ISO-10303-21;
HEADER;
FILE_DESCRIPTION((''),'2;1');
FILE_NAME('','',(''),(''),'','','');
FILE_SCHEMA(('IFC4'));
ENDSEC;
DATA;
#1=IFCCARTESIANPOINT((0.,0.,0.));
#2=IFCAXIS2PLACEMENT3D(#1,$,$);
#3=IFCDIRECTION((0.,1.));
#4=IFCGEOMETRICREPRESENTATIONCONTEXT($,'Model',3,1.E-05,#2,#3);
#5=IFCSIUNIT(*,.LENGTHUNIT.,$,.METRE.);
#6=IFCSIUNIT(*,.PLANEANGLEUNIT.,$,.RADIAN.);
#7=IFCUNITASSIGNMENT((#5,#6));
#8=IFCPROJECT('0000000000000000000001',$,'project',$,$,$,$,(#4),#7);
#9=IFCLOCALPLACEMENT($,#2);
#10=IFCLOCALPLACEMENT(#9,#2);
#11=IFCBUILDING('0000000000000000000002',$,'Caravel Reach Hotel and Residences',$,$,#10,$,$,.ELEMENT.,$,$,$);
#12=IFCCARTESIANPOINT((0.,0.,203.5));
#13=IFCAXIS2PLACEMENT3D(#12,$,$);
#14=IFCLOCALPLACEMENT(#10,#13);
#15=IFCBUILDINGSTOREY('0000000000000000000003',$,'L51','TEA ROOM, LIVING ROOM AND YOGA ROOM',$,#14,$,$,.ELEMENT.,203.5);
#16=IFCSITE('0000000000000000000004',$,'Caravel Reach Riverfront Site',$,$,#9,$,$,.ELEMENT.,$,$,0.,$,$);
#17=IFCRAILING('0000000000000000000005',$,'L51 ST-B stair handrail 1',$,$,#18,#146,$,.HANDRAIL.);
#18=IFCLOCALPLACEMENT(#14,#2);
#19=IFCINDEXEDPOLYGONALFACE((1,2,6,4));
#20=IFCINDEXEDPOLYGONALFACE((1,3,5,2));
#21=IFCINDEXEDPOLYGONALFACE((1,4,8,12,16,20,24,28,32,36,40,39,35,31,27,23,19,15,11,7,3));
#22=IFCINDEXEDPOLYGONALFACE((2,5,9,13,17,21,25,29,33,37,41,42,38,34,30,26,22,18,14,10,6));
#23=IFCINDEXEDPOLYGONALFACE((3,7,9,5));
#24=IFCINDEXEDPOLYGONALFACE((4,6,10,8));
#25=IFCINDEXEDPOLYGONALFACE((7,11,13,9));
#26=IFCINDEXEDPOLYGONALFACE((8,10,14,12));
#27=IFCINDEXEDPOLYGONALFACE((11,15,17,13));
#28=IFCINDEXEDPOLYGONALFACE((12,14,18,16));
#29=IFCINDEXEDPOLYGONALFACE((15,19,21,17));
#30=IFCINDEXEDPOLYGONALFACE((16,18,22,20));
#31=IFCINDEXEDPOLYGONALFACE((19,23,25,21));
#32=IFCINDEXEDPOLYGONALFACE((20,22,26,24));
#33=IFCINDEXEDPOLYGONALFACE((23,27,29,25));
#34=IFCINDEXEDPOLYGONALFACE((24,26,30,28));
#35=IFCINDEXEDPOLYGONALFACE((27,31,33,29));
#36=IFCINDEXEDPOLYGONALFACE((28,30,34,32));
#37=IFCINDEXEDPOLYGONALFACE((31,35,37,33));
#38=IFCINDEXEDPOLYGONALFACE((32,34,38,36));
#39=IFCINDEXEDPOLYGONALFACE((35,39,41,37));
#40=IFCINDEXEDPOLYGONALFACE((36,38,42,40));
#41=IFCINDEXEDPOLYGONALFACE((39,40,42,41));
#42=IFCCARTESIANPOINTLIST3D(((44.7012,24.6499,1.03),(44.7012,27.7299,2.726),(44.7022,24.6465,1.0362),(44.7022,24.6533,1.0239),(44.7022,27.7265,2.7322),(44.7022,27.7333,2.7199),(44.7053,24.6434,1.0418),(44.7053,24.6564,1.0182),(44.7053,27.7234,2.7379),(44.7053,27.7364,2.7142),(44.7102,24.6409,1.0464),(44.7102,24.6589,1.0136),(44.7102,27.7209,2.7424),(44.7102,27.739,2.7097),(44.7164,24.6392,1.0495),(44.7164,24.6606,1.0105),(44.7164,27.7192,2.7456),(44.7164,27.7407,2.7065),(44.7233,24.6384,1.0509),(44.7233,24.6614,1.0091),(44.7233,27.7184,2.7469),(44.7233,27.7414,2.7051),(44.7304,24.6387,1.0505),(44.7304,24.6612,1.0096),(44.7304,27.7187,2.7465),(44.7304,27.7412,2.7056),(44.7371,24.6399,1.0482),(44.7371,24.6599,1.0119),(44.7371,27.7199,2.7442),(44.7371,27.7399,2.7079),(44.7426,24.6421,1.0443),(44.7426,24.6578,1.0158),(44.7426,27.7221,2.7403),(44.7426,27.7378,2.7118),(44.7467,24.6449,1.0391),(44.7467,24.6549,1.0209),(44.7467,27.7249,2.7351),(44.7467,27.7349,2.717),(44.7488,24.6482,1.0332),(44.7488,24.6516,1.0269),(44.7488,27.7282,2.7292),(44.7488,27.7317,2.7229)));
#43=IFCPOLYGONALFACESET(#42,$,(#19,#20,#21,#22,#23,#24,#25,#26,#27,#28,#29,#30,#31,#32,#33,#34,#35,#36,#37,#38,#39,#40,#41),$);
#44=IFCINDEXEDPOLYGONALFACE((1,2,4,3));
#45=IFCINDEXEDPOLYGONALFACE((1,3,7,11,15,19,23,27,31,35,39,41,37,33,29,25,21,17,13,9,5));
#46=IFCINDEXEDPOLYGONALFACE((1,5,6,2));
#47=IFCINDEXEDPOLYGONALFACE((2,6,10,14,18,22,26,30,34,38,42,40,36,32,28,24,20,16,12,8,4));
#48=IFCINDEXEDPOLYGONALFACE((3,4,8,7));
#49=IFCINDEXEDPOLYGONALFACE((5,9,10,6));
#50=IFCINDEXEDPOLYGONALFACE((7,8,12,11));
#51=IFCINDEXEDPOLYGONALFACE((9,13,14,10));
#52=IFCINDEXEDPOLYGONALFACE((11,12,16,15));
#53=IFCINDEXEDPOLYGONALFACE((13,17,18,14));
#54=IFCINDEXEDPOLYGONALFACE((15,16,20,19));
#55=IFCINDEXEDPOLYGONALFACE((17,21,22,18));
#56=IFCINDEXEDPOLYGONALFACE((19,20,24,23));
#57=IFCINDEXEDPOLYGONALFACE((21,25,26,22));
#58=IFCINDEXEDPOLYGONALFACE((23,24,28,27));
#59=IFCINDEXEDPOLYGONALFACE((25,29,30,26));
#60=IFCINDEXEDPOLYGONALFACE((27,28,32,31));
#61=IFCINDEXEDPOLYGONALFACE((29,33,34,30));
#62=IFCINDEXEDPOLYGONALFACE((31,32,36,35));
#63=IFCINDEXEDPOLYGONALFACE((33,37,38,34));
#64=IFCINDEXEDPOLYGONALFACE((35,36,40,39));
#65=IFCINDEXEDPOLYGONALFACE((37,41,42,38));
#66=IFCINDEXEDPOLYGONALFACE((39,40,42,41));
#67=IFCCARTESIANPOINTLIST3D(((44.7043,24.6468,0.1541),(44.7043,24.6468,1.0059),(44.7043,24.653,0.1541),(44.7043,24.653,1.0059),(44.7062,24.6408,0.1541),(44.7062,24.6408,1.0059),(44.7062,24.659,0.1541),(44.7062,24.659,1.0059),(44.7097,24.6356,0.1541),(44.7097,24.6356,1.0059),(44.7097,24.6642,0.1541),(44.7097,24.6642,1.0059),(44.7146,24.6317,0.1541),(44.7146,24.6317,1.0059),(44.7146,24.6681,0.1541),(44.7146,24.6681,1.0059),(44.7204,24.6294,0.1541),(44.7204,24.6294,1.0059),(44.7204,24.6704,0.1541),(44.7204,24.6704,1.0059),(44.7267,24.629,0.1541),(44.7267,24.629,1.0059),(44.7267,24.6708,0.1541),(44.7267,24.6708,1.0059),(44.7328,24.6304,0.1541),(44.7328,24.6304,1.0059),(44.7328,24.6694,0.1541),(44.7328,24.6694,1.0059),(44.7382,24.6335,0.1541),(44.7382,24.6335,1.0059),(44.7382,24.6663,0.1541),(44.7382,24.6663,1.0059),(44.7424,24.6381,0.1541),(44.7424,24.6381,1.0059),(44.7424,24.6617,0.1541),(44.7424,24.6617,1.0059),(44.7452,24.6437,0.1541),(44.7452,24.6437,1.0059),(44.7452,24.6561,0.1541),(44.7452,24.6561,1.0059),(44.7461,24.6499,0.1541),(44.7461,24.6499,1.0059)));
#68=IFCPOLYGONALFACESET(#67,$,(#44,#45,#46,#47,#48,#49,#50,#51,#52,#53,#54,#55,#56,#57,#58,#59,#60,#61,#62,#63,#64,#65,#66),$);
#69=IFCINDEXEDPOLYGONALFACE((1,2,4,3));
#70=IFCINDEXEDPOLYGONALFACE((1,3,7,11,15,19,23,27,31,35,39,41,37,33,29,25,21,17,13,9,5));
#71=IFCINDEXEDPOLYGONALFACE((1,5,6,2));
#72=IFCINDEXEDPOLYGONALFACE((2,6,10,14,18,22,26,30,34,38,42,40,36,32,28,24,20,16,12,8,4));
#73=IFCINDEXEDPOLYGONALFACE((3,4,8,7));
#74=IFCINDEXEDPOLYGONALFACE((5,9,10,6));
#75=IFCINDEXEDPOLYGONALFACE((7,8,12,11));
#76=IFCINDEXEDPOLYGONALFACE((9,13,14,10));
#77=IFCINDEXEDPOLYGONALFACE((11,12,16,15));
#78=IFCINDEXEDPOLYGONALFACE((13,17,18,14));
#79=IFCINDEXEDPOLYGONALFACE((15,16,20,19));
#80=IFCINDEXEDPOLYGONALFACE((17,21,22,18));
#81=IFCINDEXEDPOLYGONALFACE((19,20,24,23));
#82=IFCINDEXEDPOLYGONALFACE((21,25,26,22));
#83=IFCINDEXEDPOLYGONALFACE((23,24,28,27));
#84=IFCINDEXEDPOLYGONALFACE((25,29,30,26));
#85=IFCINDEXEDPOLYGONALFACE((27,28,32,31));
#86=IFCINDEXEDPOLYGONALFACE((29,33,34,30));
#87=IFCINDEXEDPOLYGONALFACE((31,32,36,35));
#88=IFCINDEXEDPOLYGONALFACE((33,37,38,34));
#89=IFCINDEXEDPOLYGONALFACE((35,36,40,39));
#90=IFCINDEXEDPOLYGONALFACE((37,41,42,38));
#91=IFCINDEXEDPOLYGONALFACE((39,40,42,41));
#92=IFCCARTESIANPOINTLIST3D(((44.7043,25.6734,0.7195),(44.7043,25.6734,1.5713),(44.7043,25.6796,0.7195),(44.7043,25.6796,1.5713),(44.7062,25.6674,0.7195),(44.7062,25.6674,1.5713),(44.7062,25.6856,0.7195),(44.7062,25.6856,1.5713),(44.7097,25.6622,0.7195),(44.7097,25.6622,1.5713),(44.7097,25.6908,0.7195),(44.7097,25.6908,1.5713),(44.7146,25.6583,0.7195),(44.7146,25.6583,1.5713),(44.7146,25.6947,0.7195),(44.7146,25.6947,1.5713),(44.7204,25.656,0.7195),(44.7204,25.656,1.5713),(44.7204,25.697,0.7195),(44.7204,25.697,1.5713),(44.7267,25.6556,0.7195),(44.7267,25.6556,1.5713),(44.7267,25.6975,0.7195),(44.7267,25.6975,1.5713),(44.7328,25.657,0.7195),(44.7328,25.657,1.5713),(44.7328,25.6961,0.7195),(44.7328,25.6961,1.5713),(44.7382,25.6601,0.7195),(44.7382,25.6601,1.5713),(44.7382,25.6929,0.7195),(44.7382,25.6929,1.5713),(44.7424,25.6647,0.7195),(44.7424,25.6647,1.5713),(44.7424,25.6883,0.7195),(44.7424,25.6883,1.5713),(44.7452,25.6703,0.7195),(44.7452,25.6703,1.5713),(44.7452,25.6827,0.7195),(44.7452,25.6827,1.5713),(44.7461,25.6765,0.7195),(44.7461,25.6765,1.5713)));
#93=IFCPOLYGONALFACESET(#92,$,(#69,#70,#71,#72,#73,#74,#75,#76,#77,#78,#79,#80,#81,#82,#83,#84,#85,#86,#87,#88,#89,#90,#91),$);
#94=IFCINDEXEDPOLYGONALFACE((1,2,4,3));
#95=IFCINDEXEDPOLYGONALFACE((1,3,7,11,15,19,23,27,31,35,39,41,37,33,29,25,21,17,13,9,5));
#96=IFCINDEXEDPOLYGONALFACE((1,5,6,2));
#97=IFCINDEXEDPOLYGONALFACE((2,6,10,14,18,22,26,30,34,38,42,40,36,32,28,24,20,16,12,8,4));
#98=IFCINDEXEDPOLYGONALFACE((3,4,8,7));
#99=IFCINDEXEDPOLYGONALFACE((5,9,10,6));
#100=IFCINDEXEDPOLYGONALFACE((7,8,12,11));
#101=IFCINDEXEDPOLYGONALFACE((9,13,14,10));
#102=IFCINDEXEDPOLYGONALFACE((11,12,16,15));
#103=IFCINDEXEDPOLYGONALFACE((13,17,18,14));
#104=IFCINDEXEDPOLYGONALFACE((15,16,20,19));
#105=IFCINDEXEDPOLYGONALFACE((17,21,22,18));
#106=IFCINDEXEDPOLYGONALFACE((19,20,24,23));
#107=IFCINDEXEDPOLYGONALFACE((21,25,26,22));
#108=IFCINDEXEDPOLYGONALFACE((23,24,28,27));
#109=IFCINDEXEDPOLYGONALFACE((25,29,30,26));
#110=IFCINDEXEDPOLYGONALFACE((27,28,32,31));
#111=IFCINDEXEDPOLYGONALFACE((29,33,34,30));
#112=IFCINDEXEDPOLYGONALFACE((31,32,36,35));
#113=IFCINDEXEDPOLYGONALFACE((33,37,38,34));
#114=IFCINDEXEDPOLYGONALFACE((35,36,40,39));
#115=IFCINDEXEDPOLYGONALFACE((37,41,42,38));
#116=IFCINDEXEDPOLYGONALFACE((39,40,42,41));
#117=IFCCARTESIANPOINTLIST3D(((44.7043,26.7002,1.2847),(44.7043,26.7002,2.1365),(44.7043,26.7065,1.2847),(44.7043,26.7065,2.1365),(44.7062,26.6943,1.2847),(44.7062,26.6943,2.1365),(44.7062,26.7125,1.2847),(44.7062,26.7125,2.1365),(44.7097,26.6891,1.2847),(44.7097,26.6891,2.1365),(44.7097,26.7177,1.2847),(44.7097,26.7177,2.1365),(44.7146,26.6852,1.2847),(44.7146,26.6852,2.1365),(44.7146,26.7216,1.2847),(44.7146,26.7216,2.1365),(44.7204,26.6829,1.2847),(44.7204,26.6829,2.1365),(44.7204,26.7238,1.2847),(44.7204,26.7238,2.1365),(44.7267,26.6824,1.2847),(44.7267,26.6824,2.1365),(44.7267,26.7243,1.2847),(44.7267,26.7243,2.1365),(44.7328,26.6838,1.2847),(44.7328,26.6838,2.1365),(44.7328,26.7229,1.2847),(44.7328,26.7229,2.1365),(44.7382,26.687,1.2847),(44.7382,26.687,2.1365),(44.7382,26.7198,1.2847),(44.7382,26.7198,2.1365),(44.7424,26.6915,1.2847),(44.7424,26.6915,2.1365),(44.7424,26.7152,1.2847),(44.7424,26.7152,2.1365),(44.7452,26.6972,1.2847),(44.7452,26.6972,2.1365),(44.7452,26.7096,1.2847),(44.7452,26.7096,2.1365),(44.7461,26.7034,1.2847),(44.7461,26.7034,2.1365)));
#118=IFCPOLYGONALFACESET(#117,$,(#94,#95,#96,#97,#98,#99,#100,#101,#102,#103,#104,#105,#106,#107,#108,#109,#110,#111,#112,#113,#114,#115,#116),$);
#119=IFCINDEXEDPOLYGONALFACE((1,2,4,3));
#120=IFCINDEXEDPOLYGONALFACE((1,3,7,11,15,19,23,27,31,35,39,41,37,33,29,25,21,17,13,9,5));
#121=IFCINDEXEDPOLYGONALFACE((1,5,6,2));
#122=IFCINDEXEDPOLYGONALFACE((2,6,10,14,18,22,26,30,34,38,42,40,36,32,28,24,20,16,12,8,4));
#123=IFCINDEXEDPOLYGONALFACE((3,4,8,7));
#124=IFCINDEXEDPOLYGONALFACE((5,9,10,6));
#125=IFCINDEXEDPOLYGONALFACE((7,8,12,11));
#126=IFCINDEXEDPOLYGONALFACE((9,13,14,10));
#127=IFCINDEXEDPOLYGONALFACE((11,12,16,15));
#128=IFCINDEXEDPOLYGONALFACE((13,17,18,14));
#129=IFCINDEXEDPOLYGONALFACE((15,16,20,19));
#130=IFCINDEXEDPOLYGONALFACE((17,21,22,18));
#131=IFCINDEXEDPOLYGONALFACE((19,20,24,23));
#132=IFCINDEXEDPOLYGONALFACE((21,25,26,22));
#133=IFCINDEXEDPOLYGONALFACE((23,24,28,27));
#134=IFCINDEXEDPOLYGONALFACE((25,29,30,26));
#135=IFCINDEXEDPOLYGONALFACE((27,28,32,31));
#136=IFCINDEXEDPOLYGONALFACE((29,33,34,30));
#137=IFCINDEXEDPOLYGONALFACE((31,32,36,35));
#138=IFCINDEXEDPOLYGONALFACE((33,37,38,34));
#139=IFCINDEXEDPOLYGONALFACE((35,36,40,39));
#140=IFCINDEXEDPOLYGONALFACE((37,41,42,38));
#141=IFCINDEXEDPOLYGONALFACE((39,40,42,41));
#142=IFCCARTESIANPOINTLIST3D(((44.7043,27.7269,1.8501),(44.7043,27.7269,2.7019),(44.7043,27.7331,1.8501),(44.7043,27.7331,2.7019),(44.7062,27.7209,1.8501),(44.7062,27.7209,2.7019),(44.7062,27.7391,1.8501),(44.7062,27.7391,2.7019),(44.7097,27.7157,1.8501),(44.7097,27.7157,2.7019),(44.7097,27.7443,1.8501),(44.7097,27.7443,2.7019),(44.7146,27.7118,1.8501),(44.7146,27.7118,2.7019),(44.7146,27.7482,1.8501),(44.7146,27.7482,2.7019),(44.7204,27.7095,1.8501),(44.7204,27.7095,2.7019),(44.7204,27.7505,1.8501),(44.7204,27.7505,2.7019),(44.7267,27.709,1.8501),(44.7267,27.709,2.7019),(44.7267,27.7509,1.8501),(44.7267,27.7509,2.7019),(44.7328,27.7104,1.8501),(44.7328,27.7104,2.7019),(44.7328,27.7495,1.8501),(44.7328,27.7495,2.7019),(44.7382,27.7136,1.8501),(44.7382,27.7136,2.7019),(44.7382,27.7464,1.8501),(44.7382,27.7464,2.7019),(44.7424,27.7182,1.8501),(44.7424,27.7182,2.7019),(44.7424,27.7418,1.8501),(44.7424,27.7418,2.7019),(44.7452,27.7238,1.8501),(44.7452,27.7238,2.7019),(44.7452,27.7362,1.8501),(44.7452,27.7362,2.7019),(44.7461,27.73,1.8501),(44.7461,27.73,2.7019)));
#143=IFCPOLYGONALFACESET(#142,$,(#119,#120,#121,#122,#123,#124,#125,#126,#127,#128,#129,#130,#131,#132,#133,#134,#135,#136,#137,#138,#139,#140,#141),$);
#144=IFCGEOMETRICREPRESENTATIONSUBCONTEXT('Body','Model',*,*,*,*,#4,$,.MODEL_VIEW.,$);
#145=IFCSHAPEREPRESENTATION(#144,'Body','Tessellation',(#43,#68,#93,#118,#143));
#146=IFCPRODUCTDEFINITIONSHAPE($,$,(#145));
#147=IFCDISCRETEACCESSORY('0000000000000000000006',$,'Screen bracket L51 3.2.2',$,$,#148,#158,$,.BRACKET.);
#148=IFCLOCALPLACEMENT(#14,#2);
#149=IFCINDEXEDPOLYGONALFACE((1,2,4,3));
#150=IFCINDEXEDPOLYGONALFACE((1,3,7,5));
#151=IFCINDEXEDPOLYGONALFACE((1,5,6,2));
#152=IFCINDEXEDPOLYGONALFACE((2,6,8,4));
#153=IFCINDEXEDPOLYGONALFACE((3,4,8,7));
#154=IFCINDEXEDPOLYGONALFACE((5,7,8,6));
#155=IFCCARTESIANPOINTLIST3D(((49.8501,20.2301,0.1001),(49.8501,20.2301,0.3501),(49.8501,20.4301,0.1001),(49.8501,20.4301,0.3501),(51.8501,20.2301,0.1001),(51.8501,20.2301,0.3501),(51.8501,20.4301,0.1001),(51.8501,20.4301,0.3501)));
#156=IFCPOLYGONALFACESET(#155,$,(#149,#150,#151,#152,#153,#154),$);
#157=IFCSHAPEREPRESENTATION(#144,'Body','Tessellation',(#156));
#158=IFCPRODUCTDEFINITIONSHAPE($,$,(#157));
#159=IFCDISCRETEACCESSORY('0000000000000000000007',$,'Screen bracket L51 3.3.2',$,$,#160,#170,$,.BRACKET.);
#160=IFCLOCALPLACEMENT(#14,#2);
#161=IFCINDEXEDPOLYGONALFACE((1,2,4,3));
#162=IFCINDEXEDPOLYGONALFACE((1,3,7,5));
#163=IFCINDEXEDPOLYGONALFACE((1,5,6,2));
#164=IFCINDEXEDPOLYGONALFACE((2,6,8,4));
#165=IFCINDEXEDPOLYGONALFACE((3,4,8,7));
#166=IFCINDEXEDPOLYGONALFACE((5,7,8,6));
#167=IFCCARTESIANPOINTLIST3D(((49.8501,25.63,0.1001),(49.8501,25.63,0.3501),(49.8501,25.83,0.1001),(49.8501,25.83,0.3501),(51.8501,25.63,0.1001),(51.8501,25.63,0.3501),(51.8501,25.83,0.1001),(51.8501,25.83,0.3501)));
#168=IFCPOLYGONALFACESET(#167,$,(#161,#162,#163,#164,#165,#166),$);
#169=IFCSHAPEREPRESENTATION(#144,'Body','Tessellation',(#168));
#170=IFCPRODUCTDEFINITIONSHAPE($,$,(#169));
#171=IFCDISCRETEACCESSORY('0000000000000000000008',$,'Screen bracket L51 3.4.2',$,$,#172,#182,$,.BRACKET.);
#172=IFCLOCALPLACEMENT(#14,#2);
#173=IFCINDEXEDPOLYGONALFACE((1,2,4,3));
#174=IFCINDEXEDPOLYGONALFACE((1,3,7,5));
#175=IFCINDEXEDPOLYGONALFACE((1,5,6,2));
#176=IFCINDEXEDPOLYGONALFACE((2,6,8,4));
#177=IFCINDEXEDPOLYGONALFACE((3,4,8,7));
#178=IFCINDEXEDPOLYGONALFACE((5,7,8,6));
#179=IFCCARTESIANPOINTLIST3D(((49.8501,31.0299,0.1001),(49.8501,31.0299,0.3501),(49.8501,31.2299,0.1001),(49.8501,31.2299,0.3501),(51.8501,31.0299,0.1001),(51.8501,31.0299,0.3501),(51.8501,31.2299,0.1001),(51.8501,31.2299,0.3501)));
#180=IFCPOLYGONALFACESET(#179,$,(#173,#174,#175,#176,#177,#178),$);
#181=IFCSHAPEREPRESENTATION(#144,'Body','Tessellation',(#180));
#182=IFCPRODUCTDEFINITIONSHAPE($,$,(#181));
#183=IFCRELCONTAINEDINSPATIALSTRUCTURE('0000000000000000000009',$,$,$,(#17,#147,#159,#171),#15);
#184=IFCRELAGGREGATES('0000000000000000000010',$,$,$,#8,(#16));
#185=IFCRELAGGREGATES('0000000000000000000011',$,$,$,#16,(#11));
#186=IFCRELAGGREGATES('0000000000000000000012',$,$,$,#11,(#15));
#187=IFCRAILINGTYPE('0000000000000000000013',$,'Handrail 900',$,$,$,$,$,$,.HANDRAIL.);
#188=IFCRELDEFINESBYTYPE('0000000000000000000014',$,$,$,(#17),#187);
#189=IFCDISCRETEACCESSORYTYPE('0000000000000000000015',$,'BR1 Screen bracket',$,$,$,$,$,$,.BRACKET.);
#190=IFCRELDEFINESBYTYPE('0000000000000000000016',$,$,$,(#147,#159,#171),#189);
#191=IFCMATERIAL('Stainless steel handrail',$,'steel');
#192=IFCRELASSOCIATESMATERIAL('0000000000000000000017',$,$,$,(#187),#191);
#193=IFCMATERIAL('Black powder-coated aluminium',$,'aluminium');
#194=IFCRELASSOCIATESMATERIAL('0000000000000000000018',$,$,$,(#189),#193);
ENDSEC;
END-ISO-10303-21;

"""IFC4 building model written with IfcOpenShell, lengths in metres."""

from ifc_helpers import new_model, si_unit, direction, frame, origin, origin_2d, place, context, subcontext, project, spatial, rectangle, circle, extrude, material, type_object, element, save


model = new_model("IFC4")

# Units and contexts
model_context = context("Model", 3, precision=1e-05, world=origin(), true_north=direction((0.0, 1.0)))
body_context = subcontext(model_context, "Body", "Model", "MODEL_VIEW")
ifc_project = project(units=[si_unit("LENGTHUNIT", "METRE"), si_unit("PLANEANGLEUNIT", "RADIAN")], contexts=[model_context])

# Site, building, storey
site_placement = place(None, origin())
site = spatial("IfcSite", under=ifc_project, at=site_placement, Name="Caravel Reach Riverfront Site", CompositionType="ELEMENT", RefElevation=0.0)
building_placement = place(site_placement, origin())
building = spatial("IfcBuilding", under=site, at=building_placement, Name="Caravel Reach Hotel and Residences", CompositionType="ELEMENT")
storey_placement = place(building_placement, frame((0.0, 0.0, 203.5)))
storey = spatial("IfcBuildingStorey", under=building, at=storey_placement, Name="L51", Description="TEA ROOM, LIVING ROOM AND YOGA ROOM", CompositionType="ELEMENT", Elevation=203.5)

# Railing
ifc_material_1 = material(Name="Stainless steel handrail", Category="steel")
railing_type_1 = type_object("IfcRailingType", Name="Handrail 900", PredefinedType="HANDRAIL", material=ifc_material_1)
railing_1_placement = place(storey_placement, frame((44.7251, 24.6499, 0.1541)))
element("IfcRailing", 1, at=railing_1_placement, inside=storey, type_object=railing_type_1, Name="L51 ST-B stair handrail 1", PredefinedType="HANDRAIL", context=body_context, shape_type="SweptSolid", body=[
    extrude(circle(Radius=0.0239, at=origin_2d()), frame((0.0, 0.0, 0.876), z_axis=(0.0, 0.875975, 0.482356), x_axis=(-1.0, 0.0, 0.0)), (0.0, 0.0, 1.0), 3.5161),
    extrude(circle(Radius=0.021, at=origin_2d()), origin(), (0.0, 0.0, 1.0), 0.8518),
    extrude(circle(Radius=0.021, at=origin_2d()), frame((0.0, 1.0266, 0.5654)), (0.0, 0.0, 1.0), 0.8518),
    extrude(circle(Radius=0.021, at=origin_2d()), frame((0.0, 2.0535, 1.1306)), (0.0, 0.0, 1.0), 0.8518),
    extrude(circle(Radius=0.021, at=origin_2d()), frame((0.0, 3.0801, 1.696)), (0.0, 0.0, 1.0), 0.8518),
])

# Discrete accessories
ifc_material_2 = material(Name="Black powder-coated aluminium", Category="aluminium")
discrete_accessory_type = type_object("IfcDiscreteAccessoryType", Name="BR1 Screen bracket", PredefinedType="BRACKET", material=ifc_material_2)
for number, where, z_axis, x_axis, name in (
    (2, (50.8501, 20.3301, 0.1001), (0.0, 0.0, 1.0), (1.0, 0.0, 0.0), "Screen bracket L51 3.2.2"),
    (3, (50.8501, 25.73, 0.1001), (0.0, 0.0, 1.0), (1.0, 0.0, 0.0), "Screen bracket L51 3.3.2"),
    (4, (50.8501, 31.1299, 0.1001), (0.0, 0.0, 1.0), (1.0, 0.0, 0.0), "Screen bracket L51 3.4.2"),
):
    element("IfcDiscreteAccessory", number, at=place(storey_placement, frame(where, z_axis=z_axis, x_axis=x_axis)), inside=storey, type_object=discrete_accessory_type, Name=name, PredefinedType="BRACKET", context=body_context, shape_type="SweptSolid", body=[
        extrude(rectangle(XDim=2.0, YDim=0.2, at=origin_2d()), origin(), (0.0, 0.0, 1.0), 0.25),
    ])

save(model, "model.ifc")
